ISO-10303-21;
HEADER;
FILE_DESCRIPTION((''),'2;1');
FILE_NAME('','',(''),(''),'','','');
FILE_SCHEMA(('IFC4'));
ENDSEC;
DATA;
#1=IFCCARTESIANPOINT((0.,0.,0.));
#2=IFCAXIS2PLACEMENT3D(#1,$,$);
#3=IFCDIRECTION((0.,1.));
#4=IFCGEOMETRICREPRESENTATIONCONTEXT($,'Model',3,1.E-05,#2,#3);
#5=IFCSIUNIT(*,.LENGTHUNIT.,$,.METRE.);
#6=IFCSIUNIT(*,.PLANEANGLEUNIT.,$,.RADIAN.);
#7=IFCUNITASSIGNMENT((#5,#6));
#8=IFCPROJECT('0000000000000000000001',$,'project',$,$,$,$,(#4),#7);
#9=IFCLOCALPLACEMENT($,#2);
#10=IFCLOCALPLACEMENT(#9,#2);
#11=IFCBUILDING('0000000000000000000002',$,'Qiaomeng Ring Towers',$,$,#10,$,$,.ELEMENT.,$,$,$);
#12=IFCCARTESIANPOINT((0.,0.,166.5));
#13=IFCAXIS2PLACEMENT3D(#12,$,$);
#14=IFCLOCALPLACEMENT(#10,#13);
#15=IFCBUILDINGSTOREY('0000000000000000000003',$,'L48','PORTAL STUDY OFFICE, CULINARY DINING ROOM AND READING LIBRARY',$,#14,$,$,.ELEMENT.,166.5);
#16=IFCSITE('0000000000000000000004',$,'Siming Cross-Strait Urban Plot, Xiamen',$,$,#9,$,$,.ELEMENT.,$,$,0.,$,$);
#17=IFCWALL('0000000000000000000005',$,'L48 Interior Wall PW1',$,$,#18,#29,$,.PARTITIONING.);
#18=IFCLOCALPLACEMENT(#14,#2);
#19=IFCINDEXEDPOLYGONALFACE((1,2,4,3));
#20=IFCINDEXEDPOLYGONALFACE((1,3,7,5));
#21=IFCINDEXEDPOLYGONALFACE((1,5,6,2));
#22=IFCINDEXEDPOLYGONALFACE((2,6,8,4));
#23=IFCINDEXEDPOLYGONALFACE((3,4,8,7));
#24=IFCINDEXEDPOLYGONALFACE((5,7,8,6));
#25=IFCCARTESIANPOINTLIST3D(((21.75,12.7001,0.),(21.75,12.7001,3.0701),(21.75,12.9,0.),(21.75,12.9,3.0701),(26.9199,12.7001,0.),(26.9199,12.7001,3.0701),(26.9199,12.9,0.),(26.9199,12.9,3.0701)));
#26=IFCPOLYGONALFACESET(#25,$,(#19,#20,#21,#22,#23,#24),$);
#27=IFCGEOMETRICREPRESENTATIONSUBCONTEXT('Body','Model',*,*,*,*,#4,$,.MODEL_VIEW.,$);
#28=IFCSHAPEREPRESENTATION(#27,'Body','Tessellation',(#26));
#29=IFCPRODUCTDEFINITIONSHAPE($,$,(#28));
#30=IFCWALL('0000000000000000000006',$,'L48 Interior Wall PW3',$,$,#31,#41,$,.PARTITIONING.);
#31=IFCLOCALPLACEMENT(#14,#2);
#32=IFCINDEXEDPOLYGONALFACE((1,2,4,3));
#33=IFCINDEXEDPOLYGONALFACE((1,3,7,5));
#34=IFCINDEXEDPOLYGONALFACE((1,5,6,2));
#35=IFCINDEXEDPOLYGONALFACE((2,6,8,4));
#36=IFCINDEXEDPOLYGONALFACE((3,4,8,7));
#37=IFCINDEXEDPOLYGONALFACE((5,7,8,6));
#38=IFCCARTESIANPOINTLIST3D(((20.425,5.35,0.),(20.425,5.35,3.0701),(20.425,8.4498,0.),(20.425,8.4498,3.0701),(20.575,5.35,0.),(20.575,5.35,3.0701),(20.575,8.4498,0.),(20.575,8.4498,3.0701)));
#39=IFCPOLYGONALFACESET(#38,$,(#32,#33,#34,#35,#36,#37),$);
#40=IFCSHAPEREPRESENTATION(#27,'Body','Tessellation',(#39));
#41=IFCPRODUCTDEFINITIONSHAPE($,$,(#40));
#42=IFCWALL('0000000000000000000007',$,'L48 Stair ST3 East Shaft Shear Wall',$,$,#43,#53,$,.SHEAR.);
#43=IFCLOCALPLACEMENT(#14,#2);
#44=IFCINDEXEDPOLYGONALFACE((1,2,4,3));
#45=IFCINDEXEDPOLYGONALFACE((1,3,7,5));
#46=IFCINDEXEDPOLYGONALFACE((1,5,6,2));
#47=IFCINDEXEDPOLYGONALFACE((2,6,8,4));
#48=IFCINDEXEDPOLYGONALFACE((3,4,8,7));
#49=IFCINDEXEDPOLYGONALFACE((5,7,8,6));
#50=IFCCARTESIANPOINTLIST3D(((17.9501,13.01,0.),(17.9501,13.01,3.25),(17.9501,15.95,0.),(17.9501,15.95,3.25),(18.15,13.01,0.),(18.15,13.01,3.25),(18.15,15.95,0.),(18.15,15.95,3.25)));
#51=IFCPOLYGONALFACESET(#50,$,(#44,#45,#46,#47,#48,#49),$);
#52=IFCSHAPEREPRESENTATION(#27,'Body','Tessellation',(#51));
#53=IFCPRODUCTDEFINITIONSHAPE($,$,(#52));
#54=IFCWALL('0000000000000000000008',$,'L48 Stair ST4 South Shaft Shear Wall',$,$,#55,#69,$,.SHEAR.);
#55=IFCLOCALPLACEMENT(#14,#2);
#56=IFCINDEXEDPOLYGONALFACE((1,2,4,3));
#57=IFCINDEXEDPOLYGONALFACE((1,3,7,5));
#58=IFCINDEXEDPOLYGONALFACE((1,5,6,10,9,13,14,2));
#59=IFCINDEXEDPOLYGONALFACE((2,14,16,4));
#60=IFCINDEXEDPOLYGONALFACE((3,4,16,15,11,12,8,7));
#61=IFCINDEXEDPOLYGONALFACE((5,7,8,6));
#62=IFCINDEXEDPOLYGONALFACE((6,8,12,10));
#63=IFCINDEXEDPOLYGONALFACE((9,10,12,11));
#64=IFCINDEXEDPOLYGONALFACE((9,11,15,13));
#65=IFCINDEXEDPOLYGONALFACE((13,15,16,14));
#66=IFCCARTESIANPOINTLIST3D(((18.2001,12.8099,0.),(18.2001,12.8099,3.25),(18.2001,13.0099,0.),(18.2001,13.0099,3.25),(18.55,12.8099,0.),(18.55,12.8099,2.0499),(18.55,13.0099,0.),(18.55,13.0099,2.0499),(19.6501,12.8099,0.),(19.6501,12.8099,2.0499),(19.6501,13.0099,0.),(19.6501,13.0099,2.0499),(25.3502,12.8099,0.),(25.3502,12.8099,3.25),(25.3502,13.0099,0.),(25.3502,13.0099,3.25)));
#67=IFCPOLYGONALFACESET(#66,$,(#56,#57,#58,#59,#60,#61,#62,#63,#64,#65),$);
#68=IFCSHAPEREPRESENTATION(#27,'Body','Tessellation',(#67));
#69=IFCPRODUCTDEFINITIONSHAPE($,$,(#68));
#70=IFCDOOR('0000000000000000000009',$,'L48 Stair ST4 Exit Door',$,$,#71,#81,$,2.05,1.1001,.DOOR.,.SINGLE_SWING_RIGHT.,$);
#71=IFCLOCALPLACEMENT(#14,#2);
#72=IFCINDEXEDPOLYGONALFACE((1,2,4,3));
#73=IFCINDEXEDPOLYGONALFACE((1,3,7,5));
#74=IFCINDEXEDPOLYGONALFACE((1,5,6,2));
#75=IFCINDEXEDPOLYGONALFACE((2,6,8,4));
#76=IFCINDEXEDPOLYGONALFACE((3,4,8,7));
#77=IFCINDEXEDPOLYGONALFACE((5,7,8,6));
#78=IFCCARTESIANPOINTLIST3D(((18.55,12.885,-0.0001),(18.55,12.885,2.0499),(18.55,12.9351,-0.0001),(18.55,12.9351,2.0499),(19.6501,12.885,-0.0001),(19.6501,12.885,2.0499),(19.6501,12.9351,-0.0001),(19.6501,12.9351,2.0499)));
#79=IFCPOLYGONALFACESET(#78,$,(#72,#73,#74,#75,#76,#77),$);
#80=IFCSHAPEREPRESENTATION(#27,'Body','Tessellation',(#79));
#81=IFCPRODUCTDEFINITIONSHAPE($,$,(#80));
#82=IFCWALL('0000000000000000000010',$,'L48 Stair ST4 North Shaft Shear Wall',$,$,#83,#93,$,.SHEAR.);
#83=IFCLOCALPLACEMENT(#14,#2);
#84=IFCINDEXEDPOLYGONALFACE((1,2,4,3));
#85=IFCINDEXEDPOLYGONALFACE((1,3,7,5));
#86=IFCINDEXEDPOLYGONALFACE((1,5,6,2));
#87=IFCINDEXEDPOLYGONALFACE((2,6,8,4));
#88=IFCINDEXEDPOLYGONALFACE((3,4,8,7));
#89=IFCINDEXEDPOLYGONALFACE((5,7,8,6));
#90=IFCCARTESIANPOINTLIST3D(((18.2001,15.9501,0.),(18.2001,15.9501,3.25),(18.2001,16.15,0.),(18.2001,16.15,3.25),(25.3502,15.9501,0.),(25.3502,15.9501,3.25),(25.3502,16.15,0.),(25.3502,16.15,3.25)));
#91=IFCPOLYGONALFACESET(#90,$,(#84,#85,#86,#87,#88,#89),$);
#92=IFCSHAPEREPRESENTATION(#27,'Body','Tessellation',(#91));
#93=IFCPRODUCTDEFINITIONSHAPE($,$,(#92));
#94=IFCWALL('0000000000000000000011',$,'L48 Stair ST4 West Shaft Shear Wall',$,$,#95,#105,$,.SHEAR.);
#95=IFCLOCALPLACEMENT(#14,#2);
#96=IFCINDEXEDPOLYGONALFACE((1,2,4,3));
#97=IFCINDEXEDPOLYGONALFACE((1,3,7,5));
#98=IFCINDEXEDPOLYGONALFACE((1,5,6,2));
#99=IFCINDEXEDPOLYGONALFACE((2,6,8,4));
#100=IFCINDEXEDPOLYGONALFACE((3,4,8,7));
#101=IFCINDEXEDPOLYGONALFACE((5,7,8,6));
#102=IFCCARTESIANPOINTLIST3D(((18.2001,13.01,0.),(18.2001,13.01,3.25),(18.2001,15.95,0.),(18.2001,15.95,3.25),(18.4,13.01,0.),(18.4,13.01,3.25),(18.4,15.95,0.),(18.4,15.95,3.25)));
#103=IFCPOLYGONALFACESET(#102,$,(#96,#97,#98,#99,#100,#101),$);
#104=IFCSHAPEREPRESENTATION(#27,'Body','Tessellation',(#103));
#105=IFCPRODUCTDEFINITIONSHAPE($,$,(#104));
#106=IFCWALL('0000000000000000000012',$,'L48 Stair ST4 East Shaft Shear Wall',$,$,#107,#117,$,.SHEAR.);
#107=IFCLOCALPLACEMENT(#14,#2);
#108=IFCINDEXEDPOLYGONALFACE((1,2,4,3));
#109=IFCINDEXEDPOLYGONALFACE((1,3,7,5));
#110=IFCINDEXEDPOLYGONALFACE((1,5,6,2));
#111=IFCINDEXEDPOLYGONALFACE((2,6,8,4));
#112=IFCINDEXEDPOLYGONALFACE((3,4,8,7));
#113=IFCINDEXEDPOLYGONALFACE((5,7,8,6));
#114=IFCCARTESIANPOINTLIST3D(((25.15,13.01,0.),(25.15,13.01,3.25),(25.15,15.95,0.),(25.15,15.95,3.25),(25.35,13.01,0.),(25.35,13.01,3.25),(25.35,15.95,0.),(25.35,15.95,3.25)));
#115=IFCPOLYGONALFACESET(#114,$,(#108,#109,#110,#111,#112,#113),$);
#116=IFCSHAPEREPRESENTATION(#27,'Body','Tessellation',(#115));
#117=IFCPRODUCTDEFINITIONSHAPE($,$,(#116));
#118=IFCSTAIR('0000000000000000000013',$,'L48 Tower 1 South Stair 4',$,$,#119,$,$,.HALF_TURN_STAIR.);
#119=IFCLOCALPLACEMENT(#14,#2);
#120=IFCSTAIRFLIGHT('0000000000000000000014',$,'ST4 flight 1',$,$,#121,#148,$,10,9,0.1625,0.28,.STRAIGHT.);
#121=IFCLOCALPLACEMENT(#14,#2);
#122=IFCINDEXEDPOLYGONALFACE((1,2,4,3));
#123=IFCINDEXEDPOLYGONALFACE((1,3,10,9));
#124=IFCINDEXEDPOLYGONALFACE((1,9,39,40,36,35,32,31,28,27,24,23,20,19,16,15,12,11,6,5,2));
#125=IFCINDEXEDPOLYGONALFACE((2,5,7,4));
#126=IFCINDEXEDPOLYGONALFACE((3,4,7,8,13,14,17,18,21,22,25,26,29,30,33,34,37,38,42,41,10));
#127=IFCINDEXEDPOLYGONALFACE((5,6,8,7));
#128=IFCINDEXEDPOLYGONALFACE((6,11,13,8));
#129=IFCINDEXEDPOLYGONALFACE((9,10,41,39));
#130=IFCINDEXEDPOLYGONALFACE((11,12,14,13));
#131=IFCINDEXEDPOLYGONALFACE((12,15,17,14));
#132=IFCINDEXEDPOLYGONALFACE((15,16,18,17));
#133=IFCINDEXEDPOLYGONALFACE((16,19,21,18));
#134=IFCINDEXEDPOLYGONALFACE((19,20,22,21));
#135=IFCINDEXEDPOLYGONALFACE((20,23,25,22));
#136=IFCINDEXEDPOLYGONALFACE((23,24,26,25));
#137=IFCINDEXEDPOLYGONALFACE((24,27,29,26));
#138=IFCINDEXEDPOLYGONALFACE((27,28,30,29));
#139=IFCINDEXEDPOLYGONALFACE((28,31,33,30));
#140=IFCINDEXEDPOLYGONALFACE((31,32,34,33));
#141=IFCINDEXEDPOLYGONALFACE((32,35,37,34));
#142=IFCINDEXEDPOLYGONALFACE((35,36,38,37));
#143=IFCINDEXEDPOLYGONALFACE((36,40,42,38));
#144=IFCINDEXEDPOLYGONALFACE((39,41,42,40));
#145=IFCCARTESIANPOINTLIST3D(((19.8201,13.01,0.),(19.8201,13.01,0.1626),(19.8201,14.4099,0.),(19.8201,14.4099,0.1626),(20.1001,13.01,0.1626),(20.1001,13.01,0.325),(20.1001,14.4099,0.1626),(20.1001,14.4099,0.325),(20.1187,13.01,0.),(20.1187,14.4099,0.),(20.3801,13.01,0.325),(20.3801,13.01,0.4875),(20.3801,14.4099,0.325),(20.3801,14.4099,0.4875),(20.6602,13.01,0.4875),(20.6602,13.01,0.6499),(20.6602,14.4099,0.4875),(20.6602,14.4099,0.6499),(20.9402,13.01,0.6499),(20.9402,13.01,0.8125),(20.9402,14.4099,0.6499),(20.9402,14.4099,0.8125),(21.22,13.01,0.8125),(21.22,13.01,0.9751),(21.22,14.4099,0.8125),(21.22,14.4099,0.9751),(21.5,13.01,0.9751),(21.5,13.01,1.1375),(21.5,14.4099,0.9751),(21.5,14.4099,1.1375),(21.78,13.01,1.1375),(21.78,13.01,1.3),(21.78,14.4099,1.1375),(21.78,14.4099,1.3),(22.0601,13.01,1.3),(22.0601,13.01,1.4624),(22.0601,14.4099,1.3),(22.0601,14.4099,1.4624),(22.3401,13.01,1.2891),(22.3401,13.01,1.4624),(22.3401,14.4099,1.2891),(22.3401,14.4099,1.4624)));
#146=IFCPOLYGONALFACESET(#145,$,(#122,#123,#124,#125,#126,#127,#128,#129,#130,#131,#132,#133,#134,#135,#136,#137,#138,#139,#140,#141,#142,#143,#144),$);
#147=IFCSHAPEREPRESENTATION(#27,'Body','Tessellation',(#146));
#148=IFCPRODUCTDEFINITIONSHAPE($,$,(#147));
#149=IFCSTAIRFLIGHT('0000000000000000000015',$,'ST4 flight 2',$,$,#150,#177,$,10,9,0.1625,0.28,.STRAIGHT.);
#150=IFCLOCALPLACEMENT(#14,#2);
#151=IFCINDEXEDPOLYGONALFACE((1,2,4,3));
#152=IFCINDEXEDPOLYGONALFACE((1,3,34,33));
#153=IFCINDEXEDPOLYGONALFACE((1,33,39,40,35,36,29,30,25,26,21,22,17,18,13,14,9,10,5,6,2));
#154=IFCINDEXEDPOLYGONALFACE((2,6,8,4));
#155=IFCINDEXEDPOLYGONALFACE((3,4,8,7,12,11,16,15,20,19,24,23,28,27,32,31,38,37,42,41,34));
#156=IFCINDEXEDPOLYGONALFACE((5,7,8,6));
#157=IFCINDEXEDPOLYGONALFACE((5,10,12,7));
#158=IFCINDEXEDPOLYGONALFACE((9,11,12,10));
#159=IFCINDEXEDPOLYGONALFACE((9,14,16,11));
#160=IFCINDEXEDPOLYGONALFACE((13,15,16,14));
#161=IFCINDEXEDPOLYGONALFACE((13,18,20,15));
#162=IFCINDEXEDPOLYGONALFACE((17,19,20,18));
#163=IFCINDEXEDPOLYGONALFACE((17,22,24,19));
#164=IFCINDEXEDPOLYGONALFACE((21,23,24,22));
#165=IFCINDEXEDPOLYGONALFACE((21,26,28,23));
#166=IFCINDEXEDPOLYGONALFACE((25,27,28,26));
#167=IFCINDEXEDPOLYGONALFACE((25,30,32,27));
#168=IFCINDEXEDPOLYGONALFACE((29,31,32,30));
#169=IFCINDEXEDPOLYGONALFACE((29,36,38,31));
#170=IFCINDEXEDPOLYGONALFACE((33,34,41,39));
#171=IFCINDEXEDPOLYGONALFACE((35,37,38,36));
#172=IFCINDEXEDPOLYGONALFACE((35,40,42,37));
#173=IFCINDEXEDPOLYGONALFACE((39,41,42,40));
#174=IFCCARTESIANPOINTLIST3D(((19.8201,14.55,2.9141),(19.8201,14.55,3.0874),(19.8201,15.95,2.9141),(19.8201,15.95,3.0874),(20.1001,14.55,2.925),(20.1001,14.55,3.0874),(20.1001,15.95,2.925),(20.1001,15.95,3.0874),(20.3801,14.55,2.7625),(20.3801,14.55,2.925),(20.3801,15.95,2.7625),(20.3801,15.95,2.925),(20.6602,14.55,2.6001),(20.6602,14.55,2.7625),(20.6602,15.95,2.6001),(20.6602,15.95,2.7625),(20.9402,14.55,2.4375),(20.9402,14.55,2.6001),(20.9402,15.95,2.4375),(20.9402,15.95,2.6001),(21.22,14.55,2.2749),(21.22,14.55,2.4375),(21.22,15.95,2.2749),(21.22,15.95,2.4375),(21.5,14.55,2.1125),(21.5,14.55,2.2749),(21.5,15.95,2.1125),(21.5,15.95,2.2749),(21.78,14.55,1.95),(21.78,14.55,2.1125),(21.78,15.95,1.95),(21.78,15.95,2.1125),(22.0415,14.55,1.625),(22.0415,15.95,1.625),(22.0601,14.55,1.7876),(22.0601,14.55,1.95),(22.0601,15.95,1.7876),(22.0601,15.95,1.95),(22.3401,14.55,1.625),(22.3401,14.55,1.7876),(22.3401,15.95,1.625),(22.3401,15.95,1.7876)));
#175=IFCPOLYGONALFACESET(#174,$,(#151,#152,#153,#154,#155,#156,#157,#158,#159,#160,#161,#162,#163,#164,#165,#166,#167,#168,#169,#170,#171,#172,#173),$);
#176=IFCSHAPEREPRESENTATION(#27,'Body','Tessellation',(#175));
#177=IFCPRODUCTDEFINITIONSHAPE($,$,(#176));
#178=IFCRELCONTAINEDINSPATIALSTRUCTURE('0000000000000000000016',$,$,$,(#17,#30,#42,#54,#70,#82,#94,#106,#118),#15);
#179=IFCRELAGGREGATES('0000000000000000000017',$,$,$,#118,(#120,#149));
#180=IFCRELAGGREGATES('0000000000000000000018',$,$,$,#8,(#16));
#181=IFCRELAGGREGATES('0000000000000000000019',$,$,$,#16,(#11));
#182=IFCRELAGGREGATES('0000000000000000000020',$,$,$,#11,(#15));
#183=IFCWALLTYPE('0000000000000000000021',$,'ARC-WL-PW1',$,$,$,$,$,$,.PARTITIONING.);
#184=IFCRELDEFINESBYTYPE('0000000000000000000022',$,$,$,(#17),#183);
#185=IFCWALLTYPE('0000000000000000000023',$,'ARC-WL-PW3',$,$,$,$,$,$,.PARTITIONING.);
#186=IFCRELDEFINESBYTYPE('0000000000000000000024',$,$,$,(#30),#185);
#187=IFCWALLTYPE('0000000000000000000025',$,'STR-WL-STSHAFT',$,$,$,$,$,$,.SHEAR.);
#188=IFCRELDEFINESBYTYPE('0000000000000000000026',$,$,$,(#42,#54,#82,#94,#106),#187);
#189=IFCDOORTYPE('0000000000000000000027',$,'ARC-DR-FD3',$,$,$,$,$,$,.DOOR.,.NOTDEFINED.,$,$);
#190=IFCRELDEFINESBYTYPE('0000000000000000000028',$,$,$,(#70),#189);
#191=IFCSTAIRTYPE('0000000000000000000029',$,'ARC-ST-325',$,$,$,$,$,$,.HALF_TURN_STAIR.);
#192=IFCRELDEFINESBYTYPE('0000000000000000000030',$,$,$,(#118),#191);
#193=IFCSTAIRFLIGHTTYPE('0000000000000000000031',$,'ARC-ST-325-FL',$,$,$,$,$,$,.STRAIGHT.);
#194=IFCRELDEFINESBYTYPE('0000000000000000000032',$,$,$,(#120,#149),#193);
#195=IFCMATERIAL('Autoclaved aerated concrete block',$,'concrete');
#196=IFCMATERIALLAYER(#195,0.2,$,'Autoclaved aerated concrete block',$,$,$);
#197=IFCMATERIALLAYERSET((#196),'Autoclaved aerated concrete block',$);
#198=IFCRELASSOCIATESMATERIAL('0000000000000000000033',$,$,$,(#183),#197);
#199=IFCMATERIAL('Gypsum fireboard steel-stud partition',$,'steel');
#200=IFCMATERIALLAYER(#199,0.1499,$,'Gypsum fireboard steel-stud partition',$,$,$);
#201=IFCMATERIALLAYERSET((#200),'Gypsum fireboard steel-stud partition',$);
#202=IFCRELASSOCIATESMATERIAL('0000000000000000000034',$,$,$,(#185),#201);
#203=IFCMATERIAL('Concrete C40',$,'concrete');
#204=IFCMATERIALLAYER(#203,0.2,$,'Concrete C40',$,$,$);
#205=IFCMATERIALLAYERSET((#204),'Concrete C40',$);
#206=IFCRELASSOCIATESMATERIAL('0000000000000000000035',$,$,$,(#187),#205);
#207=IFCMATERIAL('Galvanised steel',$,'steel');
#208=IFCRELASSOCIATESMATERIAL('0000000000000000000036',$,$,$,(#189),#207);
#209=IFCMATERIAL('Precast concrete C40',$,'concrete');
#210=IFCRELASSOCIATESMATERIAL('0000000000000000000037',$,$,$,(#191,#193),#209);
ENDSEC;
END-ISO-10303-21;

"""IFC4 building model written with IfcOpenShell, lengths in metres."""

from ifc_helpers import new_model, si_unit, direction, frame, frame_2d, origin, place, context, subcontext, project, spatial, polyline, rectangle, outline, extrude, source, transform, mapped, material, layer, layer_set, type_object, element, fill, aggregate, save


model = new_model("IFC4")

# Units and contexts
model_context = context("Model", 3, precision=1e-05, world=origin(), true_north=direction((0.0, 1.0)))
body_context = subcontext(model_context, "Body", "Model", "MODEL_VIEW")
ifc_project = project(units=[si_unit("LENGTHUNIT", "METRE"), si_unit("PLANEANGLEUNIT", "RADIAN")], contexts=[model_context])

# Site, building, storey
site_placement = place(None, origin())
site = spatial("IfcSite", under=ifc_project, at=site_placement, Name="Siming Cross-Strait Urban Plot, Xiamen", CompositionType="ELEMENT", RefElevation=0.0)
building_placement = place(site_placement, origin())
building = spatial("IfcBuilding", under=site, at=building_placement, Name="Qiaomeng Ring Towers", CompositionType="ELEMENT")
storey_placement = place(building_placement, frame((0.0, 0.0, 166.5)))
storey = spatial("IfcBuildingStorey", under=building, at=storey_placement, Name="L48", Description="PORTAL STUDY OFFICE, CULINARY DINING ROOM AND READING LIBRARY", CompositionType="ELEMENT", Elevation=166.5)

# Walls
ifc_material_1 = material(Name="Autoclaved aerated concrete block", Category="concrete")
ifc_layer_1 = layer(ifc_material_1, 0.2, Name="Autoclaved aerated concrete block")
ifc_layer_set_1 = layer_set([ifc_layer_1], Name="Autoclaved aerated concrete block")
wall_type_1 = type_object("IfcWallType", Name="ARC-WL-PW1", PredefinedType="PARTITIONING", material=ifc_layer_set_1)
wall_1_placement = place(storey_placement, frame((21.75, 12.8, 0.0), z_axis=(0.0, 0.0, 1.0), x_axis=(1.0, 0.0, 0.0)))
element("IfcWall", 1, at=wall_1_placement, inside=storey, type_object=wall_type_1, Name="L48 Interior Wall PW1", PredefinedType="PARTITIONING", context=body_context, shape_type="SweptSolid", body=[
    extrude(rectangle(XDim=5.1699, YDim=0.2, at=frame_2d((2.585, 0.0))), origin(), (0.0, 0.0, 1.0), 3.0701),
])
ifc_material_2 = material(Name="Gypsum fireboard steel-stud partition", Category="steel")
ifc_layer_2 = layer(ifc_material_2, 0.1499, Name="Gypsum fireboard steel-stud partition")
ifc_layer_set_2 = layer_set([ifc_layer_2], Name="Gypsum fireboard steel-stud partition")
wall_type_2 = type_object("IfcWallType", Name="ARC-WL-PW3", PredefinedType="PARTITIONING", material=ifc_layer_set_2)
wall_2_placement = place(storey_placement, frame((20.5, 5.3501, 0.0), z_axis=(0.0, 0.0, 1.0), x_axis=(0.0, 1.0, 0.0)))
element("IfcWall", 2, at=wall_2_placement, inside=storey, type_object=wall_type_2, Name="L48 Interior Wall PW3", PredefinedType="PARTITIONING", context=body_context, shape_type="SweptSolid", body=[
    extrude(rectangle(XDim=3.0999, YDim=0.1499, at=frame_2d((1.5498, 0.0))), origin(), (0.0, 0.0, 1.0), 3.0701),
])
ifc_material_3 = material(Name="Concrete C40", Category="concrete")
ifc_layer_3 = layer(ifc_material_3, 0.2, Name="Concrete C40")
ifc_layer_set_3 = layer_set([ifc_layer_3], Name="Concrete C40")
wall_type_3 = type_object("IfcWallType", Name="STR-WL-STSHAFT", PredefinedType="SHEAR", material=ifc_layer_set_3)
wall_3_placement = place(storey_placement, frame((18.05, 13.01, 0.0), z_axis=(0.0, 0.0, 1.0), x_axis=(0.0, 1.0, 0.0)))
element("IfcWall", 3, at=wall_3_placement, inside=storey, type_object=wall_type_3, Name="L48 Stair ST3 East Shaft Shear Wall", PredefinedType="SHEAR", context=body_context, shape_type="SweptSolid", body=[
    extrude(rectangle(XDim=2.9399, YDim=0.2, at=frame_2d((1.47, 0.0))), origin(), (0.0, 0.0, 1.0), 3.25),
])

# Wall, opening, door
wall_4_placement = place(storey_placement, frame((18.2, 12.9099, 0.0), z_axis=(0.0, 0.0, 1.0), x_axis=(1.0, 0.0, 0.0)))
wall_4 = element("IfcWall", 4, at=wall_4_placement, inside=storey, type_object=wall_type_3, Name="L48 Stair ST4 South Shaft Shear Wall", PredefinedType="SHEAR", context=body_context, shape_type="SweptSolid", body=[
    extrude(rectangle(XDim=7.1501, YDim=0.2, at=frame_2d((3.5752, 0.0))), origin(), (0.0, 0.0, 1.0), 3.25),
])
opening_placement = place(wall_4_placement, frame((0.3501, 0.0, 0.0)))
opening = element("IfcOpeningElement", 5, at=opening_placement, cuts=wall_4, PredefinedType="OPENING", context=body_context, shape_type="SweptSolid", body=[
    extrude(rectangle(XDim=1.1001, YDim=2.05, at=frame_2d((0.55, 1.0249))), frame((0.0, 0.1099, 0.0), z_axis=(0.0, -1.0, 0.0), x_axis=(1.0, 0.0, 0.0)), (0.0, 0.0, 1.0), 0.22),
])
ifc_material_4 = material(Name="Galvanised steel", Category="steel")
door_type = type_object("IfcDoorType", Name="ARC-DR-FD3", OperationType="NOTDEFINED", PredefinedType="DOOR", material=ifc_material_4)
shared_shape_1 = source(origin(), body_context, "Body", "SweptSolid", [
    extrude(rectangle(XDim=1.1001, YDim=2.05, at=frame_2d((0.55, 1.0249))), frame((0.0, 0.0249, 0.0), z_axis=(0.0, -1.0, 0.0), x_axis=(1.0, 0.0, 0.0)), (0.0, 0.0, 1.0), 0.05),
])
door_placement = place(opening_placement, frame((1.1001, 0.0, 0.0), z_axis=(0.0, 0.0, 1.0), x_axis=(-1.0, 0.0, 0.0)))
door = element("IfcDoor", 6, at=door_placement, inside=storey, type_object=door_type, Name="L48 Stair ST4 Exit Door", OperationType="SINGLE_SWING_RIGHT", OverallHeight=2.05, OverallWidth=1.1001, PredefinedType="DOOR", context=body_context, shape_type="MappedRepresentation", body=[
    mapped(shared_shape_1, transform((0.0, 0.0, 0.0), x_axis=(1.0, 0.0, 0.0), y_axis=(0.0, 1.0, 0.0), z_axis=(0.0, 0.0, 1.0), scale=1.0)),
])
fill(opening, door)

# Walls
wall_5_placement = place(storey_placement, frame((18.2, 16.05, 0.0), z_axis=(0.0, 0.0, 1.0), x_axis=(1.0, 0.0, 0.0)))
element("IfcWall", 7, at=wall_5_placement, inside=storey, type_object=wall_type_3, Name="L48 Stair ST4 North Shaft Shear Wall", PredefinedType="SHEAR", context=body_context, shape_type="SweptSolid", body=[
    extrude(rectangle(XDim=7.1501, YDim=0.2, at=frame_2d((3.5752, 0.0))), origin(), (0.0, 0.0, 1.0), 3.25),
])
for number, where, z_axis, x_axis, name in (
    (8, (18.3, 13.01, 0.0), (0.0, 0.0, 1.0), (0.0, 1.0, 0.0), "L48 Stair ST4 West Shaft Shear Wall"),
    (9, (25.25, 13.01, 0.0), (0.0, 0.0, 1.0), (0.0, 1.0, 0.0), "L48 Stair ST4 East Shaft Shear Wall"),
):
    element("IfcWall", number, at=place(storey_placement, frame(where, z_axis=z_axis, x_axis=x_axis)), inside=storey, type_object=wall_type_3, Name=name, PredefinedType="SHEAR", context=body_context, shape_type="SweptSolid", body=[
        extrude(rectangle(XDim=2.9399, YDim=0.2, at=frame_2d((1.47, 0.0))), origin(), (0.0, 0.0, 1.0), 3.25),
    ])

# Stair, stair flights
ifc_material_5 = material(Name="Precast concrete C40", Category="concrete")
stair_type = type_object("IfcStairType", Name="ARC-ST-325", PredefinedType="HALF_TURN_STAIR", material=ifc_material_5)
stair_placement = place(storey_placement, origin())
stair = element("IfcStair", 10, at=stair_placement, inside=storey, type_object=stair_type, Name="L48 Tower 1 South Stair 4", PredefinedType="HALF_TURN_STAIR")
stair_flight_type = type_object("IfcStairFlightType", Name="ARC-ST-325-FL", PredefinedType="STRAIGHT", material=ifc_material_5)
shared_shape_2 = source(origin(), body_context, "Body", "SweptSolid", [
    extrude(outline(polyline([(0.0, 0.0), (0.0, 0.1626), (0.28, 0.1626), (0.28, 0.325), (0.5601, 0.325), (0.5601, 0.4875), (0.8401, 0.4875), (0.8401, 0.6499), (1.1201, 0.6499), (1.1201, 0.8125), (1.3999, 0.8125), (1.3999, 0.9751), (1.6799, 0.9751), (1.6799, 1.1375), (1.96, 1.1375), (1.96, 1.3), (2.24, 1.3), (2.24, 1.4624), (2.52, 1.4624), (2.52, 1.625), (2.52, 1.2891), (0.2986, 0.0), (0.0, 0.0)])), frame((0.0, 0.7, 0.0), z_axis=(0.0, -1.0, 0.0), x_axis=(1.0, 0.0, 0.0)), (0.0, 0.0, 1.0), 1.3999),
])
stair_flight_1_placement = place(storey_placement, frame((19.8201, 13.71, 0.0), z_axis=(0.0, 0.0, 1.0), x_axis=(1.0, 0.0, 0.0)))
stair_flight_1 = element("IfcStairFlight", 11, at=stair_flight_1_placement, type_object=stair_flight_type, Name="ST4 flight 1", NumberOfRisers=10, NumberOfTreads=9, PredefinedType="STRAIGHT", RiserHeight=0.1625, TreadLength=0.28, context=body_context, shape_type="MappedRepresentation", body=[
    mapped(shared_shape_2, transform((0.0, 0.0, 0.0), x_axis=(1.0, 0.0, 0.0), y_axis=(0.0, 1.0, 0.0), z_axis=(0.0, 0.0, 1.0), scale=1.0)),
])
stair_flight_2_placement = place(storey_placement, frame((22.3401, 15.25, 1.625), z_axis=(0.0, 0.0, 1.0), x_axis=(-1.0, 0.0, 0.0)))
stair_flight_2 = element("IfcStairFlight", 12, at=stair_flight_2_placement, type_object=stair_flight_type, Name="ST4 flight 2", NumberOfRisers=10, NumberOfTreads=9, PredefinedType="STRAIGHT", RiserHeight=0.1625, TreadLength=0.28, context=body_context, shape_type="MappedRepresentation", body=[
    mapped(shared_shape_2, transform((0.0, 0.0, 0.0), x_axis=(1.0, 0.0, 0.0), y_axis=(0.0, 1.0, 0.0), z_axis=(0.0, 0.0, 1.0), scale=1.0)),
])
aggregate(stair, [stair_flight_1, stair_flight_2])

save(model, "model.ifc")
